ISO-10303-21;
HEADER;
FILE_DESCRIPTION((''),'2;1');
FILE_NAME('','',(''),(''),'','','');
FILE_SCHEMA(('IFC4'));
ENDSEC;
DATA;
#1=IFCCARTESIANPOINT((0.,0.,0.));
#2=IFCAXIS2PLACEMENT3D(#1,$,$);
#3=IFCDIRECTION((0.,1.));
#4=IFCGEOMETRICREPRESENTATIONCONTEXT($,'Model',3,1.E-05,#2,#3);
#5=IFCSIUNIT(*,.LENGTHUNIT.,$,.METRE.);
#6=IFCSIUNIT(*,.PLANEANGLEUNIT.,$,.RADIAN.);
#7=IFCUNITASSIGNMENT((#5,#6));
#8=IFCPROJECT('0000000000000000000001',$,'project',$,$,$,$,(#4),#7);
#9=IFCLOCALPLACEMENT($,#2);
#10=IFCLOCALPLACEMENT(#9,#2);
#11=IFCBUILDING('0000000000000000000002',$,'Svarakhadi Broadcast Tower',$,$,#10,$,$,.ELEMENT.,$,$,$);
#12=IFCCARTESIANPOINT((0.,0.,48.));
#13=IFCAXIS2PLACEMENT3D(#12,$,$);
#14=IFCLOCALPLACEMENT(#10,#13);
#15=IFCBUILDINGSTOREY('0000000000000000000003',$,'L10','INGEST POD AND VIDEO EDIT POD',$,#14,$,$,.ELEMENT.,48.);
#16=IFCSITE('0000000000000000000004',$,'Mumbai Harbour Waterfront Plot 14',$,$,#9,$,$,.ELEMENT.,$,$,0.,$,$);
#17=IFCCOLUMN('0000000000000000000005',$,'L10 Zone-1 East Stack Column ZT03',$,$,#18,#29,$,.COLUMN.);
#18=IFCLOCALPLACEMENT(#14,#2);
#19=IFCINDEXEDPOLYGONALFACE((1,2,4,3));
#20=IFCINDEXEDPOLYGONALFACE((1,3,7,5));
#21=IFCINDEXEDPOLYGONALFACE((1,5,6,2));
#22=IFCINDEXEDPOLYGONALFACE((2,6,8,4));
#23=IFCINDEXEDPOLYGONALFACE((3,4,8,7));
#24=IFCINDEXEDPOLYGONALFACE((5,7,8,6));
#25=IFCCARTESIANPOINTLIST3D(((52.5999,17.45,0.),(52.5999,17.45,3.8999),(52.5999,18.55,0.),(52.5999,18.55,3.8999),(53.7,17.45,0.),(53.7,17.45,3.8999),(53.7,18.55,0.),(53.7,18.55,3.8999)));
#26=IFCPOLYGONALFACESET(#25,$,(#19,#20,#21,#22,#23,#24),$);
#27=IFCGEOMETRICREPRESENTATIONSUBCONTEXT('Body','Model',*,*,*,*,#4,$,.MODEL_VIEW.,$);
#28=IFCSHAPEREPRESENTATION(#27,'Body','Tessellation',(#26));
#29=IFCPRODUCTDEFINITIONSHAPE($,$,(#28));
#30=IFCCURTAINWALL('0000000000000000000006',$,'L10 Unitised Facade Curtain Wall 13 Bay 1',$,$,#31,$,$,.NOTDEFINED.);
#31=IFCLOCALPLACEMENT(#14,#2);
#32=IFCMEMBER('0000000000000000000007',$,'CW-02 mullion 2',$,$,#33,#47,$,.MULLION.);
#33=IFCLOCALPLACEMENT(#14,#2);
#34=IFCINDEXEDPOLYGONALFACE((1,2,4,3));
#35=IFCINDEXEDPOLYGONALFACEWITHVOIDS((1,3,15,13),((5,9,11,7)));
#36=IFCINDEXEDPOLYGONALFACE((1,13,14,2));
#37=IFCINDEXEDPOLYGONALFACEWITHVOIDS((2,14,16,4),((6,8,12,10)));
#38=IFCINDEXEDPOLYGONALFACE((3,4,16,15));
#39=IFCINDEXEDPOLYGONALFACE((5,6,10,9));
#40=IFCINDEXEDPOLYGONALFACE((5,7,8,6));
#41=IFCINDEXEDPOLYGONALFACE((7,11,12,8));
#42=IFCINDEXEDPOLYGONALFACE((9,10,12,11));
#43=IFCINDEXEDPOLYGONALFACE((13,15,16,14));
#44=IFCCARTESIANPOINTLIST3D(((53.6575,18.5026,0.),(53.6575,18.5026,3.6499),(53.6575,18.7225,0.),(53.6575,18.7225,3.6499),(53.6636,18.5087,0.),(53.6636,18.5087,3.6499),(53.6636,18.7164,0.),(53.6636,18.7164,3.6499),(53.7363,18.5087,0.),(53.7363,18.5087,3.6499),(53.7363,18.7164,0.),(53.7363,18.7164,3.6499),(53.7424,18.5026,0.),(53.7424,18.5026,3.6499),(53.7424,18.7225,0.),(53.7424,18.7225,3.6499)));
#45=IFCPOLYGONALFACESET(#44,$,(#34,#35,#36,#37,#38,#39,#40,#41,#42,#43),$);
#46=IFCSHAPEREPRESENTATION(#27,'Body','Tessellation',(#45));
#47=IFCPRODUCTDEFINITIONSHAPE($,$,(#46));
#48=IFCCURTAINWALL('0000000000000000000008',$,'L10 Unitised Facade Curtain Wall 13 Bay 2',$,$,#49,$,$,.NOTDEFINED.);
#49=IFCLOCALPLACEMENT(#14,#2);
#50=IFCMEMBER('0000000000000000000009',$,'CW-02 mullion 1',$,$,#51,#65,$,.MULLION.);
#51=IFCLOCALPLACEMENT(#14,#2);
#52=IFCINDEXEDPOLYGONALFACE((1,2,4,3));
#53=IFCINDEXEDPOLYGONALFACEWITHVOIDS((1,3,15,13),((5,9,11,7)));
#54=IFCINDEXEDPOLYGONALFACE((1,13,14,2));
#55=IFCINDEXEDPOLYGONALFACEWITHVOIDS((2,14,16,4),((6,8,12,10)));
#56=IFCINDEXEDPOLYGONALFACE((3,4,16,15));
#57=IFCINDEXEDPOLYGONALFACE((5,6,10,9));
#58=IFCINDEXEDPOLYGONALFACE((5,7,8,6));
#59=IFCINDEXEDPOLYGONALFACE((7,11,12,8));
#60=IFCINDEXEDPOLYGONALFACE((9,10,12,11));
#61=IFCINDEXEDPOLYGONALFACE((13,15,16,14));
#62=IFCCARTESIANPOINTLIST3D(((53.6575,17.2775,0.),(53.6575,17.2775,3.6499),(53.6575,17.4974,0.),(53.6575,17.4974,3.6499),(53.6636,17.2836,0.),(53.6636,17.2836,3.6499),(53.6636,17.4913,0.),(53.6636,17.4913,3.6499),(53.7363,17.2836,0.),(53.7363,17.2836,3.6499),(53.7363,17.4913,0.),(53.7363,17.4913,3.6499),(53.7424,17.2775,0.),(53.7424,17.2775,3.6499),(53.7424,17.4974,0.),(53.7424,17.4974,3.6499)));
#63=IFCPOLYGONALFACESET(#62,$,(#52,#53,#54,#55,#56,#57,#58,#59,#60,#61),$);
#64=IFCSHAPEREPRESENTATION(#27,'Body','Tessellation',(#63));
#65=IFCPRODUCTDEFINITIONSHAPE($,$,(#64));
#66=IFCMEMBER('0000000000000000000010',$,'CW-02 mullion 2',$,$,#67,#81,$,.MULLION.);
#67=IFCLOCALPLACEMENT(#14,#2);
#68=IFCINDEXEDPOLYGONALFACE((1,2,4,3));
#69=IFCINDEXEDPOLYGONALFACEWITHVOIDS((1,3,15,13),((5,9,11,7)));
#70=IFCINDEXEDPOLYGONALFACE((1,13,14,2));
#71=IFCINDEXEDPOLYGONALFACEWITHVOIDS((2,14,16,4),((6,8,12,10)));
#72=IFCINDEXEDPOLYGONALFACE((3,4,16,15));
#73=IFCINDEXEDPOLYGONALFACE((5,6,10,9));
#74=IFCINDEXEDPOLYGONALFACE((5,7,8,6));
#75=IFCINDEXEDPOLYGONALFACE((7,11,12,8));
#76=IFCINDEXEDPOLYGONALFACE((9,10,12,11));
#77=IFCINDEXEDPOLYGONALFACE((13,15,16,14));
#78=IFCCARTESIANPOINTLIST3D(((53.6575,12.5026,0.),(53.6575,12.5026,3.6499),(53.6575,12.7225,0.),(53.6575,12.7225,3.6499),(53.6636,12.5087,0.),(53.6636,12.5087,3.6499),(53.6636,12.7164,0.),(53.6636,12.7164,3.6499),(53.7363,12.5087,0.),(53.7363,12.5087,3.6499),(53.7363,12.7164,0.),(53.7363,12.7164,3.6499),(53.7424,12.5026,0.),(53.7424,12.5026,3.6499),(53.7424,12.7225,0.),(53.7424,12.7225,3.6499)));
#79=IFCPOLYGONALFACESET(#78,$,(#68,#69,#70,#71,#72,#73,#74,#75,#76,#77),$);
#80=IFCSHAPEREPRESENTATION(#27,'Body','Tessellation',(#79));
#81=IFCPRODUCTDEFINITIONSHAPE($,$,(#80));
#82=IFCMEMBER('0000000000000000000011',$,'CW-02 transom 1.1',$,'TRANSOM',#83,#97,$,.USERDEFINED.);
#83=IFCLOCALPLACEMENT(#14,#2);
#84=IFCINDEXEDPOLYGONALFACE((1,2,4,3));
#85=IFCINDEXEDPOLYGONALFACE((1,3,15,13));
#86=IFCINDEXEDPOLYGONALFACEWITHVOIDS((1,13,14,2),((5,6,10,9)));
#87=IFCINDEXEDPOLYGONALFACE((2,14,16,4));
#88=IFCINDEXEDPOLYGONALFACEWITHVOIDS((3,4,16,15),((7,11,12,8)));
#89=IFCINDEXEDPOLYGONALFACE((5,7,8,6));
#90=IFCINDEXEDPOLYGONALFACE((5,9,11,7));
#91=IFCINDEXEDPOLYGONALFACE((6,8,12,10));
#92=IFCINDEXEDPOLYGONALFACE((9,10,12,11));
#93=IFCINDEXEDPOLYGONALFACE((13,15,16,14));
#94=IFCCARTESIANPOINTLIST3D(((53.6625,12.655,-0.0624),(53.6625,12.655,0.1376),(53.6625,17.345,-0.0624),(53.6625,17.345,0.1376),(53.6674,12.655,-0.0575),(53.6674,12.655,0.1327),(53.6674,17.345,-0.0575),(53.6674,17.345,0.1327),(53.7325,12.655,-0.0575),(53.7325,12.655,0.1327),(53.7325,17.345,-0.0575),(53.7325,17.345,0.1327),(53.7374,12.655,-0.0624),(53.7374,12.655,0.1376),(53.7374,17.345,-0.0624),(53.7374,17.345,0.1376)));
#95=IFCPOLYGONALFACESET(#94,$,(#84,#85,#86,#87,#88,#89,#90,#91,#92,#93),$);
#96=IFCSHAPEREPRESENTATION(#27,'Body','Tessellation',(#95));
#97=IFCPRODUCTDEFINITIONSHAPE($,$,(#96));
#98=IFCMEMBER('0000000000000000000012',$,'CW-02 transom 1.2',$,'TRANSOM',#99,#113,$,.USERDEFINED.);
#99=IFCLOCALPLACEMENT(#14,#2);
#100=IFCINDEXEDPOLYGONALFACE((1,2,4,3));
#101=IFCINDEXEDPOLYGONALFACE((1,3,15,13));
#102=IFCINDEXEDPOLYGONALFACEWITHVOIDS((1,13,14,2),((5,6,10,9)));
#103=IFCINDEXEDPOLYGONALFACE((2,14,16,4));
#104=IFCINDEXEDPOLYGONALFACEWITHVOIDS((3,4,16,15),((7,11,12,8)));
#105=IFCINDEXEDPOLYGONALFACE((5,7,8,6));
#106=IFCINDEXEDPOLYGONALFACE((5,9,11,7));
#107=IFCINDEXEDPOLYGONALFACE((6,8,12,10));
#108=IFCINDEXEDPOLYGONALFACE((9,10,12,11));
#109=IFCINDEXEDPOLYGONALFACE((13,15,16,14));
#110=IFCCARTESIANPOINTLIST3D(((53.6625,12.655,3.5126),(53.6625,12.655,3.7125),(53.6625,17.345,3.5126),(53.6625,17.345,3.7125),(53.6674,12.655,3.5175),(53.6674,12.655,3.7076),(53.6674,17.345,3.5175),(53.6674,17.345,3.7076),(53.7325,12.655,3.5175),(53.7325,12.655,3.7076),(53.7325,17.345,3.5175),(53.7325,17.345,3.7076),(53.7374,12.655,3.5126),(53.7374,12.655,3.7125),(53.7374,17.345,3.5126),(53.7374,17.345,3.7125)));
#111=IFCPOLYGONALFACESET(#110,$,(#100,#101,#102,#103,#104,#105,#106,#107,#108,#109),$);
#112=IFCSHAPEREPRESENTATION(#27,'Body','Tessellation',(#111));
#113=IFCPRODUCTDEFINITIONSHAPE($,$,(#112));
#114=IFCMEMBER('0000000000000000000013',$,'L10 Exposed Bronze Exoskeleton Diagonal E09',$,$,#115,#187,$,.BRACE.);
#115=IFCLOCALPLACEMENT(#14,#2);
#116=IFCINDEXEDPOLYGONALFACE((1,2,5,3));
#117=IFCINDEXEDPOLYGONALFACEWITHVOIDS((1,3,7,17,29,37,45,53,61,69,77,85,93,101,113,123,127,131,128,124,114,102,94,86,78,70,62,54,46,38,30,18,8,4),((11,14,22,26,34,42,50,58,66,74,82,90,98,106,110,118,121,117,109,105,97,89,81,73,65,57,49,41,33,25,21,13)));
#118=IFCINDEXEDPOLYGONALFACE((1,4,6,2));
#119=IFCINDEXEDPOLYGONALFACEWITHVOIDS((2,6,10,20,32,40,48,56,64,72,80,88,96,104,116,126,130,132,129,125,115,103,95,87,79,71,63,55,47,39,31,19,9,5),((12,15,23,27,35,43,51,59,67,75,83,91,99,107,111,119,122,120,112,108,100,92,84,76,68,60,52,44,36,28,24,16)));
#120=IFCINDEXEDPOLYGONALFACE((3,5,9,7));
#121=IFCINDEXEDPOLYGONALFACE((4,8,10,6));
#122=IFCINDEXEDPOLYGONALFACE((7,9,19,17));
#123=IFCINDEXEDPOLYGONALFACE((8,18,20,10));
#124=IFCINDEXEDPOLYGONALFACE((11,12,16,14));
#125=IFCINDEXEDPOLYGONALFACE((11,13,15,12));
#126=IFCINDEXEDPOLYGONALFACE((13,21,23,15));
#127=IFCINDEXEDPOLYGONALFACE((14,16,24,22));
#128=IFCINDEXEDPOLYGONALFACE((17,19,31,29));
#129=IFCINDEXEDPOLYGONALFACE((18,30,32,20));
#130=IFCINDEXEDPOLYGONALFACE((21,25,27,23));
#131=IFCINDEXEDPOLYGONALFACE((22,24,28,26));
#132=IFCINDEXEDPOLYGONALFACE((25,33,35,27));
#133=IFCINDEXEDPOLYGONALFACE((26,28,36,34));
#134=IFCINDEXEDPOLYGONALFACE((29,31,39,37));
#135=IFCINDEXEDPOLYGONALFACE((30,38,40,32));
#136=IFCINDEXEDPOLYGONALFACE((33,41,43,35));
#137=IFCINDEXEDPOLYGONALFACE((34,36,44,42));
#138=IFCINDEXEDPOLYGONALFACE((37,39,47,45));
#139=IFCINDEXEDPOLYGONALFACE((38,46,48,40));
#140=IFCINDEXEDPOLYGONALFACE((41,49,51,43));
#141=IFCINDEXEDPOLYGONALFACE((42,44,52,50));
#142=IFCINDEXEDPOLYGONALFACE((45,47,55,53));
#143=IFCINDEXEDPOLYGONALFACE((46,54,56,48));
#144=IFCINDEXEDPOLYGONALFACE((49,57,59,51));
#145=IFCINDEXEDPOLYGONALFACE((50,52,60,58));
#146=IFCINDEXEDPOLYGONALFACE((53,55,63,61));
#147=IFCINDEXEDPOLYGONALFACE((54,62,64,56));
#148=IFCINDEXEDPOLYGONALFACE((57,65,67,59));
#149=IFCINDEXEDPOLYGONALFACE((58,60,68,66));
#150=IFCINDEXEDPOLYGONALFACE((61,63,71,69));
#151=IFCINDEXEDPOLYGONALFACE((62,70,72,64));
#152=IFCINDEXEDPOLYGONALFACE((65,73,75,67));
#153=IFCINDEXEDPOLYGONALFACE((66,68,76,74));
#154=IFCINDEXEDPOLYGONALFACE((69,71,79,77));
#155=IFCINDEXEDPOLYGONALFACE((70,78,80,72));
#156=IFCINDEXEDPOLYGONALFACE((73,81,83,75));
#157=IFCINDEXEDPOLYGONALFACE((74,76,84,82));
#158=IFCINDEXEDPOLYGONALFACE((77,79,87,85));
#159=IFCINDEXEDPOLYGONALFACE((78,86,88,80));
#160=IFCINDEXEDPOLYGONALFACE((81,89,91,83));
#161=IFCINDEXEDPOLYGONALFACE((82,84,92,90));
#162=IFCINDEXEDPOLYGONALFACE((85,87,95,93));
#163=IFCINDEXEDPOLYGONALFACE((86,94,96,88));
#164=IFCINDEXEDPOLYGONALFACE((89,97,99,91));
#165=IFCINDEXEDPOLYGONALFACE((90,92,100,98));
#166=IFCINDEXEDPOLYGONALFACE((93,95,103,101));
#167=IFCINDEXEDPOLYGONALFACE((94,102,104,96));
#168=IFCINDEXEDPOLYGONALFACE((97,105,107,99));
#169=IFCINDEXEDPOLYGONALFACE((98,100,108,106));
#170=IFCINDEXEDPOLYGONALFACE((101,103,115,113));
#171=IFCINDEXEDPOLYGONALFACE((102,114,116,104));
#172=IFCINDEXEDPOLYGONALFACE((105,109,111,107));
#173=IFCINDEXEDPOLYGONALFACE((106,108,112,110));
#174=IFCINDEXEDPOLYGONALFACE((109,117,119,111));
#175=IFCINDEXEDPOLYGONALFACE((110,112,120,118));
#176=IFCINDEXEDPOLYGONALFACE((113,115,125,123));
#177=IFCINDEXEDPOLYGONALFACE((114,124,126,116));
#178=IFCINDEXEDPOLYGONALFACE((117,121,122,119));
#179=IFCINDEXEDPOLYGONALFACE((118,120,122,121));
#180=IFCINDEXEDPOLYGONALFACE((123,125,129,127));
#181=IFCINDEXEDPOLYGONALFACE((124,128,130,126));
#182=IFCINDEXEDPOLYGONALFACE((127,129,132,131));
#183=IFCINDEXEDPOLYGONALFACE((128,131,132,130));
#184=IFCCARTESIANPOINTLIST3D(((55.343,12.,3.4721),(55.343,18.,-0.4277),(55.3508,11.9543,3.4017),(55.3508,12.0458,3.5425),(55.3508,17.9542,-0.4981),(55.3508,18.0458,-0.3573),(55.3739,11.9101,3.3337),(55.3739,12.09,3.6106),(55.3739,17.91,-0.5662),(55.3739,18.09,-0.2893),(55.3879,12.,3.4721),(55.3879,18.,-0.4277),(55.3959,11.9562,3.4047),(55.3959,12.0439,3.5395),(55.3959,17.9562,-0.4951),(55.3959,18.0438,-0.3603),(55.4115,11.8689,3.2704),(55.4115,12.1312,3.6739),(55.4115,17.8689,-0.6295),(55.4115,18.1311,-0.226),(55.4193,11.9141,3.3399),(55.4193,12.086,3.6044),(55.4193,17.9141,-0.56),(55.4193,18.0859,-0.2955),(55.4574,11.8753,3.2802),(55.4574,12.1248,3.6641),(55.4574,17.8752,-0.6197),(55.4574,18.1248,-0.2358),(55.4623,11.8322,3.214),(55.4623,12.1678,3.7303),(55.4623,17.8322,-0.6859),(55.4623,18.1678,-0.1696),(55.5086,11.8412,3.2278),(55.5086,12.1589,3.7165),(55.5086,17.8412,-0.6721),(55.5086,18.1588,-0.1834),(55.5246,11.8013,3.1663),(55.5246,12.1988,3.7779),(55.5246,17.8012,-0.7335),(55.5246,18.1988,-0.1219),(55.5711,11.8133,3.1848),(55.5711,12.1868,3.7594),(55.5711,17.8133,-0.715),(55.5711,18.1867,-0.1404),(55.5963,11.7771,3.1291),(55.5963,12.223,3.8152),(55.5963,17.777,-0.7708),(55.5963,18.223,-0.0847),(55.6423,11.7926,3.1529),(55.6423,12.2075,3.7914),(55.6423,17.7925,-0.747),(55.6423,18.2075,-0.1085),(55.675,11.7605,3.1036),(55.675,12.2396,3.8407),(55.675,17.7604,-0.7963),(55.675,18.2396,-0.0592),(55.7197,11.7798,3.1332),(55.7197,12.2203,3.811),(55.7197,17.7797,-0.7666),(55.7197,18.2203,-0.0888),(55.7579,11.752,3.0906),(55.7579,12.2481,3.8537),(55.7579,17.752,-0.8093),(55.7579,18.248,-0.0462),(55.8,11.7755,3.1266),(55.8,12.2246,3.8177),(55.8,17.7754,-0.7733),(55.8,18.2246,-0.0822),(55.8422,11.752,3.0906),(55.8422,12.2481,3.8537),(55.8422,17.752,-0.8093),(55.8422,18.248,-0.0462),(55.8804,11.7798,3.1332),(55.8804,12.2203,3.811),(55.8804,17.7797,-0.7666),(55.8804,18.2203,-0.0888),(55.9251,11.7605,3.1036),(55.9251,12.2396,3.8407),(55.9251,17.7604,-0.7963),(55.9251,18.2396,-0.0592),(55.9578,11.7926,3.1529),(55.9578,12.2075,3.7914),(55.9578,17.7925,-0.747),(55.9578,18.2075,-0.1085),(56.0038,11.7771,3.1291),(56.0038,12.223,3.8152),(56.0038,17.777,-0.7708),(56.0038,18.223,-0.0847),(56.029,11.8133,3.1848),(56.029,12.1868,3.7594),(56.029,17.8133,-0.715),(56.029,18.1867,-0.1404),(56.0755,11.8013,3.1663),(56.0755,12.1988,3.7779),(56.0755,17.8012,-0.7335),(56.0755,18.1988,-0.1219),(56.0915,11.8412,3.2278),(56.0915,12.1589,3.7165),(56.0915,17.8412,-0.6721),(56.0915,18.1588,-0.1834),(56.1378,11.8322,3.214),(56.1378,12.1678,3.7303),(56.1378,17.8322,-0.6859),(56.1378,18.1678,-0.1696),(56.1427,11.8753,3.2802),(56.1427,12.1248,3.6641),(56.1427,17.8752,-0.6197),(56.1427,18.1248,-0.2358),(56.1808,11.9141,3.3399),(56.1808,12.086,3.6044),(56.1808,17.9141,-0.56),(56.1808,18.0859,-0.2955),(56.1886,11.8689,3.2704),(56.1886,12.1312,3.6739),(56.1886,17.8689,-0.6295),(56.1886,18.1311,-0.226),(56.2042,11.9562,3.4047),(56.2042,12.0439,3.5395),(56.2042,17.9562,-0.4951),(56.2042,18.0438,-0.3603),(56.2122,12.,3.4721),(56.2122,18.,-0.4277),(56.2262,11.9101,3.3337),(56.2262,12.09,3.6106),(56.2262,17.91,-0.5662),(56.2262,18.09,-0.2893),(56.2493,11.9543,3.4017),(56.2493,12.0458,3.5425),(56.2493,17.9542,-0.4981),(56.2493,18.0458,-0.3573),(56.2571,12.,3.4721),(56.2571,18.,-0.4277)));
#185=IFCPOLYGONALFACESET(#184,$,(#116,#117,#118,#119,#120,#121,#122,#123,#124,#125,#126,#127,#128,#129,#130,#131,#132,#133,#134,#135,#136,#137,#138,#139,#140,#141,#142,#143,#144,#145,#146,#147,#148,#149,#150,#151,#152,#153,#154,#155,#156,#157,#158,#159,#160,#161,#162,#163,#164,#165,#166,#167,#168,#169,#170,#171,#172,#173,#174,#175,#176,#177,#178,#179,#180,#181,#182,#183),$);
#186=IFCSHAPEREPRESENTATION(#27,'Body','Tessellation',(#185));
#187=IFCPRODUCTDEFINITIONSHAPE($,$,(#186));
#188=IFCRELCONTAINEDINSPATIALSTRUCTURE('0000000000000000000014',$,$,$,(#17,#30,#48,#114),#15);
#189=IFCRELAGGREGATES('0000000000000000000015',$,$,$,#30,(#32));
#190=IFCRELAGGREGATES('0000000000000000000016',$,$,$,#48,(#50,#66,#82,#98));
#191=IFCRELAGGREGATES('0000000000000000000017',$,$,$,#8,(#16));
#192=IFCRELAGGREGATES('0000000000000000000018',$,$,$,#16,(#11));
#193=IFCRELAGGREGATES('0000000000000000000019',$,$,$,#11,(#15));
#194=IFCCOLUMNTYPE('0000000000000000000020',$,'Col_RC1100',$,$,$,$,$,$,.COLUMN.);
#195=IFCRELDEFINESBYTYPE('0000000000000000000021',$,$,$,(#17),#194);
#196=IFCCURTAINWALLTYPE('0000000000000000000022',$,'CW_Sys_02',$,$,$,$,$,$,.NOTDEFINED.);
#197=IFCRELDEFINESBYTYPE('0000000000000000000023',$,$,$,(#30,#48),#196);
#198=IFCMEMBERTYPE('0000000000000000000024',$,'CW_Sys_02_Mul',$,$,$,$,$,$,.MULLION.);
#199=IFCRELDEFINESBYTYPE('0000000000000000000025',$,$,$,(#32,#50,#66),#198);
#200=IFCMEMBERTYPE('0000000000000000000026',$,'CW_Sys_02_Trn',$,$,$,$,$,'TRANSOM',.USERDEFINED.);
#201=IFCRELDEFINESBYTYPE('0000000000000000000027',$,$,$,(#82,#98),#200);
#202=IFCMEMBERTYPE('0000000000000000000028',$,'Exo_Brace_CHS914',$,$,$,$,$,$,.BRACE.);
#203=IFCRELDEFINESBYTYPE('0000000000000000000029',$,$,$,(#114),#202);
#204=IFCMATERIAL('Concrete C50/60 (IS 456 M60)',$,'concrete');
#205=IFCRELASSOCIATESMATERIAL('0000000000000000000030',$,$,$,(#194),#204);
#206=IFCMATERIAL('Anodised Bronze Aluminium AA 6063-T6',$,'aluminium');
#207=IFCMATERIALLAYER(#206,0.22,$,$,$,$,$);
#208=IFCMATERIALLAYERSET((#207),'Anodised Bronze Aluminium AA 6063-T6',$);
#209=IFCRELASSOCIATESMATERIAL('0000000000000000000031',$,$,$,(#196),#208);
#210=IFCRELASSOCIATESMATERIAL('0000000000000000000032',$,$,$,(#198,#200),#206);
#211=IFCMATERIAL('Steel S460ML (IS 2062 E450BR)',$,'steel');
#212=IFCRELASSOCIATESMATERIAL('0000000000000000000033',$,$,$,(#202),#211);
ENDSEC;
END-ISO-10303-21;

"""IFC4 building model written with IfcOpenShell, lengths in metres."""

from ifc_helpers import new_model, si_unit, direction, frame, origin, origin_2d, place, context, subcontext, project, spatial, rectangle, hollow_rectangle, hollow_circle, extrude, material, layer, layer_set, material_profile, profile_set, type_object, element, aggregate, save


model = new_model("IFC4")

# Units and contexts
model_context = context("Model", 3, precision=1e-05, world=origin(), true_north=direction((0.0, 1.0)))
body_context = subcontext(model_context, "Body", "Model", "MODEL_VIEW")
ifc_project = project(units=[si_unit("LENGTHUNIT", "METRE"), si_unit("PLANEANGLEUNIT", "RADIAN")], contexts=[model_context])

# Site, building, storey
site_placement = place(None, origin())
site = spatial("IfcSite", under=ifc_project, at=site_placement, Name="Mumbai Harbour Waterfront Plot 14", CompositionType="ELEMENT", RefElevation=0.0)
building_placement = place(site_placement, origin())
building = spatial("IfcBuilding", under=site, at=building_placement, Name="Svarakhadi Broadcast Tower", CompositionType="ELEMENT")
storey_placement = place(building_placement, frame((0.0, 0.0, 48.0)))
storey = spatial("IfcBuildingStorey", under=building, at=storey_placement, Name="L10", Description="INGEST POD AND VIDEO EDIT POD", CompositionType="ELEMENT", Elevation=48.0)

# Column
ifc_material_1 = material(Name="Concrete C50/60 (IS 456 M60)", Category="concrete")
ifc_material_profile_1 = material_profile(ifc_material_1, rectangle(XDim=1.1001, YDim=1.1001, at=origin_2d()), Name="RC 1100x1100")
ifc_profile_set_1 = profile_set([ifc_material_profile_1], Name="Concrete C50/60 (IS 456 M60)")
column_type = type_object("IfcColumnType", Name="Col_RC1100", PredefinedType="COLUMN", material=ifc_profile_set_1)
column_placement = place(storey_placement, frame((53.1499, 18.0, 0.0), z_axis=(0.0, 0.0, 1.0), x_axis=(1.0, 0.0, 0.0)))
element("IfcColumn", 1, at=column_placement, inside=storey, type_object=column_type, Name="L10 Zone-1 East Stack Column ZT03", PredefinedType="COLUMN", context=body_context, shape_type="SweptSolid", body=[
    extrude(rectangle(XDim=1.1001, YDim=1.1001, at=origin_2d()), origin(), (0.0, 0.0, 1.0), 3.8999),
])

# Curtain wall, member
ifc_material_2 = material(Name="Anodised Bronze Aluminium AA 6063-T6", Category="aluminium")
ifc_layer_1 = layer(ifc_material_2, 0.22)
ifc_layer_set_1 = layer_set([ifc_layer_1], Name="Anodised Bronze Aluminium AA 6063-T6")
curtain_wall_type = type_object("IfcCurtainWallType", Name="CW_Sys_02", PredefinedType="NOTDEFINED", material=ifc_layer_set_1)
curtain_wall_1_placement = place(storey_placement, origin())
curtain_wall_1 = element("IfcCurtainWall", 2, at=curtain_wall_1_placement, inside=storey, type_object=curtain_wall_type, Name="L10 Unitised Facade Curtain Wall 13 Bay 1", PredefinedType="NOTDEFINED")
ifc_material_profile_2 = material_profile(ifc_material_2, hollow_rectangle(XDim=0.085, YDim=0.22, WallThickness=0.0061, at=origin_2d()), Name="ALU MULLION 220x85x6")
ifc_profile_set_2 = profile_set([ifc_material_profile_2], Name="Anodised Bronze Aluminium AA 6063-T6")
member_type_1 = type_object("IfcMemberType", Name="CW_Sys_02_Mul", PredefinedType="MULLION", material=ifc_profile_set_2)
member_1_placement = place(storey_placement, frame((53.7, 18.6125, 0.0), z_axis=(0.0, 0.0, 1.0), x_axis=(1.0, 0.0, 0.0)))
member_1 = element("IfcMember", 3, at=member_1_placement, type_object=member_type_1, Name="CW-02 mullion 2", PredefinedType="MULLION", context=body_context, shape_type="SweptSolid", body=[
    extrude(hollow_rectangle(XDim=0.085, YDim=0.22, WallThickness=0.0061, at=origin_2d()), origin(), (0.0, 0.0, 1.0), 3.6499),
])

# Curtain wall, members
curtain_wall_2_placement = place(storey_placement, origin())
curtain_wall_2 = element("IfcCurtainWall", 4, at=curtain_wall_2_placement, inside=storey, type_object=curtain_wall_type, Name="L10 Unitised Facade Curtain Wall 13 Bay 2", PredefinedType="NOTDEFINED")
member_2_placement = place(storey_placement, frame((53.7, 17.3875, 0.0), z_axis=(0.0, 0.0, 1.0), x_axis=(1.0, 0.0, 0.0)))
member_2 = element("IfcMember", 5, at=member_2_placement, type_object=member_type_1, Name="CW-02 mullion 1", PredefinedType="MULLION", context=body_context, shape_type="SweptSolid", body=[
    extrude(hollow_rectangle(XDim=0.085, YDim=0.22, WallThickness=0.0061, at=origin_2d()), origin(), (0.0, 0.0, 1.0), 3.6499),
])
member_3_placement = place(storey_placement, frame((53.7, 12.6125, 0.0), z_axis=(0.0, 0.0, 1.0), x_axis=(1.0, 0.0, 0.0)))
member_3 = element("IfcMember", 6, at=member_3_placement, type_object=member_type_1, Name="CW-02 mullion 2", PredefinedType="MULLION", context=body_context, shape_type="SweptSolid", body=[
    extrude(hollow_rectangle(XDim=0.085, YDim=0.22, WallThickness=0.0061, at=origin_2d()), origin(), (0.0, 0.0, 1.0), 3.6499),
])
ifc_material_profile_3 = material_profile(ifc_material_2, hollow_rectangle(XDim=0.075, YDim=0.2, WallThickness=0.0049, at=origin_2d()), Name="ALU TRANSOM 200x75x5")
ifc_profile_set_3 = profile_set([ifc_material_profile_3], Name="Anodised Bronze Aluminium AA 6063-T6")
member_type_2 = type_object("IfcMemberType", Name="CW_Sys_02_Trn", ElementType="TRANSOM", PredefinedType="USERDEFINED", material=ifc_profile_set_3)
member_4_placement = place(storey_placement, frame((53.7, 17.345, 0.0376), z_axis=(0.0, -1.0, 0.0), x_axis=(1.0, 0.0, 0.0)))
member_4 = element("IfcMember", 7, at=member_4_placement, type_object=member_type_2, Name="CW-02 transom 1.1", ObjectType="TRANSOM", PredefinedType="USERDEFINED", context=body_context, shape_type="SweptSolid", body=[
    extrude(hollow_rectangle(XDim=0.075, YDim=0.2, WallThickness=0.0049, at=origin_2d()), origin(), (0.0, 0.0, 1.0), 4.6899),
])
member_5_placement = place(storey_placement, frame((53.7, 17.345, 3.6125), z_axis=(0.0, -1.0, 0.0), x_axis=(1.0, 0.0, 0.0)))
member_5 = element("IfcMember", 8, at=member_5_placement, type_object=member_type_2, Name="CW-02 transom 1.2", ObjectType="TRANSOM", PredefinedType="USERDEFINED", context=body_context, shape_type="SweptSolid", body=[
    extrude(hollow_rectangle(XDim=0.075, YDim=0.2, WallThickness=0.0049, at=origin_2d()), origin(), (0.0, 0.0, 1.0), 4.6899),
])

# Member
ifc_material_3 = material(Name="Steel S460ML (IS 2062 E450BR)", Category="steel")
ifc_material_profile_4 = material_profile(ifc_material_3, hollow_circle(Radius=0.457, WallThickness=0.0449, at=origin_2d()), Name="CHS 914x45")
ifc_profile_set_4 = profile_set([ifc_material_profile_4], Name="Steel S460ML (IS 2062 E450BR)")
member_type_3 = type_object("IfcMemberType", Name="Exo_Brace_CHS914", PredefinedType="BRACE", material=ifc_profile_set_4)
member_6_placement = place(storey_placement, frame((55.8, 18.0, -0.4277), z_axis=(0.0, -0.83845, 0.544979), x_axis=(1.0, 0.0, 0.0)))
element("IfcMember", 9, at=member_6_placement, inside=storey, type_object=member_type_3, Name="L10 Exposed Bronze Exoskeleton Diagonal E09", PredefinedType="BRACE", context=body_context, shape_type="SweptSolid", body=[
    extrude(hollow_circle(Radius=0.457, WallThickness=0.0449, at=origin_2d()), origin(), (0.0, 0.0, 1.0), 7.156),
])

aggregate(curtain_wall_1, [member_1])
aggregate(curtain_wall_2, [member_2, member_3, member_4, member_5])

save(model, "model.ifc")
